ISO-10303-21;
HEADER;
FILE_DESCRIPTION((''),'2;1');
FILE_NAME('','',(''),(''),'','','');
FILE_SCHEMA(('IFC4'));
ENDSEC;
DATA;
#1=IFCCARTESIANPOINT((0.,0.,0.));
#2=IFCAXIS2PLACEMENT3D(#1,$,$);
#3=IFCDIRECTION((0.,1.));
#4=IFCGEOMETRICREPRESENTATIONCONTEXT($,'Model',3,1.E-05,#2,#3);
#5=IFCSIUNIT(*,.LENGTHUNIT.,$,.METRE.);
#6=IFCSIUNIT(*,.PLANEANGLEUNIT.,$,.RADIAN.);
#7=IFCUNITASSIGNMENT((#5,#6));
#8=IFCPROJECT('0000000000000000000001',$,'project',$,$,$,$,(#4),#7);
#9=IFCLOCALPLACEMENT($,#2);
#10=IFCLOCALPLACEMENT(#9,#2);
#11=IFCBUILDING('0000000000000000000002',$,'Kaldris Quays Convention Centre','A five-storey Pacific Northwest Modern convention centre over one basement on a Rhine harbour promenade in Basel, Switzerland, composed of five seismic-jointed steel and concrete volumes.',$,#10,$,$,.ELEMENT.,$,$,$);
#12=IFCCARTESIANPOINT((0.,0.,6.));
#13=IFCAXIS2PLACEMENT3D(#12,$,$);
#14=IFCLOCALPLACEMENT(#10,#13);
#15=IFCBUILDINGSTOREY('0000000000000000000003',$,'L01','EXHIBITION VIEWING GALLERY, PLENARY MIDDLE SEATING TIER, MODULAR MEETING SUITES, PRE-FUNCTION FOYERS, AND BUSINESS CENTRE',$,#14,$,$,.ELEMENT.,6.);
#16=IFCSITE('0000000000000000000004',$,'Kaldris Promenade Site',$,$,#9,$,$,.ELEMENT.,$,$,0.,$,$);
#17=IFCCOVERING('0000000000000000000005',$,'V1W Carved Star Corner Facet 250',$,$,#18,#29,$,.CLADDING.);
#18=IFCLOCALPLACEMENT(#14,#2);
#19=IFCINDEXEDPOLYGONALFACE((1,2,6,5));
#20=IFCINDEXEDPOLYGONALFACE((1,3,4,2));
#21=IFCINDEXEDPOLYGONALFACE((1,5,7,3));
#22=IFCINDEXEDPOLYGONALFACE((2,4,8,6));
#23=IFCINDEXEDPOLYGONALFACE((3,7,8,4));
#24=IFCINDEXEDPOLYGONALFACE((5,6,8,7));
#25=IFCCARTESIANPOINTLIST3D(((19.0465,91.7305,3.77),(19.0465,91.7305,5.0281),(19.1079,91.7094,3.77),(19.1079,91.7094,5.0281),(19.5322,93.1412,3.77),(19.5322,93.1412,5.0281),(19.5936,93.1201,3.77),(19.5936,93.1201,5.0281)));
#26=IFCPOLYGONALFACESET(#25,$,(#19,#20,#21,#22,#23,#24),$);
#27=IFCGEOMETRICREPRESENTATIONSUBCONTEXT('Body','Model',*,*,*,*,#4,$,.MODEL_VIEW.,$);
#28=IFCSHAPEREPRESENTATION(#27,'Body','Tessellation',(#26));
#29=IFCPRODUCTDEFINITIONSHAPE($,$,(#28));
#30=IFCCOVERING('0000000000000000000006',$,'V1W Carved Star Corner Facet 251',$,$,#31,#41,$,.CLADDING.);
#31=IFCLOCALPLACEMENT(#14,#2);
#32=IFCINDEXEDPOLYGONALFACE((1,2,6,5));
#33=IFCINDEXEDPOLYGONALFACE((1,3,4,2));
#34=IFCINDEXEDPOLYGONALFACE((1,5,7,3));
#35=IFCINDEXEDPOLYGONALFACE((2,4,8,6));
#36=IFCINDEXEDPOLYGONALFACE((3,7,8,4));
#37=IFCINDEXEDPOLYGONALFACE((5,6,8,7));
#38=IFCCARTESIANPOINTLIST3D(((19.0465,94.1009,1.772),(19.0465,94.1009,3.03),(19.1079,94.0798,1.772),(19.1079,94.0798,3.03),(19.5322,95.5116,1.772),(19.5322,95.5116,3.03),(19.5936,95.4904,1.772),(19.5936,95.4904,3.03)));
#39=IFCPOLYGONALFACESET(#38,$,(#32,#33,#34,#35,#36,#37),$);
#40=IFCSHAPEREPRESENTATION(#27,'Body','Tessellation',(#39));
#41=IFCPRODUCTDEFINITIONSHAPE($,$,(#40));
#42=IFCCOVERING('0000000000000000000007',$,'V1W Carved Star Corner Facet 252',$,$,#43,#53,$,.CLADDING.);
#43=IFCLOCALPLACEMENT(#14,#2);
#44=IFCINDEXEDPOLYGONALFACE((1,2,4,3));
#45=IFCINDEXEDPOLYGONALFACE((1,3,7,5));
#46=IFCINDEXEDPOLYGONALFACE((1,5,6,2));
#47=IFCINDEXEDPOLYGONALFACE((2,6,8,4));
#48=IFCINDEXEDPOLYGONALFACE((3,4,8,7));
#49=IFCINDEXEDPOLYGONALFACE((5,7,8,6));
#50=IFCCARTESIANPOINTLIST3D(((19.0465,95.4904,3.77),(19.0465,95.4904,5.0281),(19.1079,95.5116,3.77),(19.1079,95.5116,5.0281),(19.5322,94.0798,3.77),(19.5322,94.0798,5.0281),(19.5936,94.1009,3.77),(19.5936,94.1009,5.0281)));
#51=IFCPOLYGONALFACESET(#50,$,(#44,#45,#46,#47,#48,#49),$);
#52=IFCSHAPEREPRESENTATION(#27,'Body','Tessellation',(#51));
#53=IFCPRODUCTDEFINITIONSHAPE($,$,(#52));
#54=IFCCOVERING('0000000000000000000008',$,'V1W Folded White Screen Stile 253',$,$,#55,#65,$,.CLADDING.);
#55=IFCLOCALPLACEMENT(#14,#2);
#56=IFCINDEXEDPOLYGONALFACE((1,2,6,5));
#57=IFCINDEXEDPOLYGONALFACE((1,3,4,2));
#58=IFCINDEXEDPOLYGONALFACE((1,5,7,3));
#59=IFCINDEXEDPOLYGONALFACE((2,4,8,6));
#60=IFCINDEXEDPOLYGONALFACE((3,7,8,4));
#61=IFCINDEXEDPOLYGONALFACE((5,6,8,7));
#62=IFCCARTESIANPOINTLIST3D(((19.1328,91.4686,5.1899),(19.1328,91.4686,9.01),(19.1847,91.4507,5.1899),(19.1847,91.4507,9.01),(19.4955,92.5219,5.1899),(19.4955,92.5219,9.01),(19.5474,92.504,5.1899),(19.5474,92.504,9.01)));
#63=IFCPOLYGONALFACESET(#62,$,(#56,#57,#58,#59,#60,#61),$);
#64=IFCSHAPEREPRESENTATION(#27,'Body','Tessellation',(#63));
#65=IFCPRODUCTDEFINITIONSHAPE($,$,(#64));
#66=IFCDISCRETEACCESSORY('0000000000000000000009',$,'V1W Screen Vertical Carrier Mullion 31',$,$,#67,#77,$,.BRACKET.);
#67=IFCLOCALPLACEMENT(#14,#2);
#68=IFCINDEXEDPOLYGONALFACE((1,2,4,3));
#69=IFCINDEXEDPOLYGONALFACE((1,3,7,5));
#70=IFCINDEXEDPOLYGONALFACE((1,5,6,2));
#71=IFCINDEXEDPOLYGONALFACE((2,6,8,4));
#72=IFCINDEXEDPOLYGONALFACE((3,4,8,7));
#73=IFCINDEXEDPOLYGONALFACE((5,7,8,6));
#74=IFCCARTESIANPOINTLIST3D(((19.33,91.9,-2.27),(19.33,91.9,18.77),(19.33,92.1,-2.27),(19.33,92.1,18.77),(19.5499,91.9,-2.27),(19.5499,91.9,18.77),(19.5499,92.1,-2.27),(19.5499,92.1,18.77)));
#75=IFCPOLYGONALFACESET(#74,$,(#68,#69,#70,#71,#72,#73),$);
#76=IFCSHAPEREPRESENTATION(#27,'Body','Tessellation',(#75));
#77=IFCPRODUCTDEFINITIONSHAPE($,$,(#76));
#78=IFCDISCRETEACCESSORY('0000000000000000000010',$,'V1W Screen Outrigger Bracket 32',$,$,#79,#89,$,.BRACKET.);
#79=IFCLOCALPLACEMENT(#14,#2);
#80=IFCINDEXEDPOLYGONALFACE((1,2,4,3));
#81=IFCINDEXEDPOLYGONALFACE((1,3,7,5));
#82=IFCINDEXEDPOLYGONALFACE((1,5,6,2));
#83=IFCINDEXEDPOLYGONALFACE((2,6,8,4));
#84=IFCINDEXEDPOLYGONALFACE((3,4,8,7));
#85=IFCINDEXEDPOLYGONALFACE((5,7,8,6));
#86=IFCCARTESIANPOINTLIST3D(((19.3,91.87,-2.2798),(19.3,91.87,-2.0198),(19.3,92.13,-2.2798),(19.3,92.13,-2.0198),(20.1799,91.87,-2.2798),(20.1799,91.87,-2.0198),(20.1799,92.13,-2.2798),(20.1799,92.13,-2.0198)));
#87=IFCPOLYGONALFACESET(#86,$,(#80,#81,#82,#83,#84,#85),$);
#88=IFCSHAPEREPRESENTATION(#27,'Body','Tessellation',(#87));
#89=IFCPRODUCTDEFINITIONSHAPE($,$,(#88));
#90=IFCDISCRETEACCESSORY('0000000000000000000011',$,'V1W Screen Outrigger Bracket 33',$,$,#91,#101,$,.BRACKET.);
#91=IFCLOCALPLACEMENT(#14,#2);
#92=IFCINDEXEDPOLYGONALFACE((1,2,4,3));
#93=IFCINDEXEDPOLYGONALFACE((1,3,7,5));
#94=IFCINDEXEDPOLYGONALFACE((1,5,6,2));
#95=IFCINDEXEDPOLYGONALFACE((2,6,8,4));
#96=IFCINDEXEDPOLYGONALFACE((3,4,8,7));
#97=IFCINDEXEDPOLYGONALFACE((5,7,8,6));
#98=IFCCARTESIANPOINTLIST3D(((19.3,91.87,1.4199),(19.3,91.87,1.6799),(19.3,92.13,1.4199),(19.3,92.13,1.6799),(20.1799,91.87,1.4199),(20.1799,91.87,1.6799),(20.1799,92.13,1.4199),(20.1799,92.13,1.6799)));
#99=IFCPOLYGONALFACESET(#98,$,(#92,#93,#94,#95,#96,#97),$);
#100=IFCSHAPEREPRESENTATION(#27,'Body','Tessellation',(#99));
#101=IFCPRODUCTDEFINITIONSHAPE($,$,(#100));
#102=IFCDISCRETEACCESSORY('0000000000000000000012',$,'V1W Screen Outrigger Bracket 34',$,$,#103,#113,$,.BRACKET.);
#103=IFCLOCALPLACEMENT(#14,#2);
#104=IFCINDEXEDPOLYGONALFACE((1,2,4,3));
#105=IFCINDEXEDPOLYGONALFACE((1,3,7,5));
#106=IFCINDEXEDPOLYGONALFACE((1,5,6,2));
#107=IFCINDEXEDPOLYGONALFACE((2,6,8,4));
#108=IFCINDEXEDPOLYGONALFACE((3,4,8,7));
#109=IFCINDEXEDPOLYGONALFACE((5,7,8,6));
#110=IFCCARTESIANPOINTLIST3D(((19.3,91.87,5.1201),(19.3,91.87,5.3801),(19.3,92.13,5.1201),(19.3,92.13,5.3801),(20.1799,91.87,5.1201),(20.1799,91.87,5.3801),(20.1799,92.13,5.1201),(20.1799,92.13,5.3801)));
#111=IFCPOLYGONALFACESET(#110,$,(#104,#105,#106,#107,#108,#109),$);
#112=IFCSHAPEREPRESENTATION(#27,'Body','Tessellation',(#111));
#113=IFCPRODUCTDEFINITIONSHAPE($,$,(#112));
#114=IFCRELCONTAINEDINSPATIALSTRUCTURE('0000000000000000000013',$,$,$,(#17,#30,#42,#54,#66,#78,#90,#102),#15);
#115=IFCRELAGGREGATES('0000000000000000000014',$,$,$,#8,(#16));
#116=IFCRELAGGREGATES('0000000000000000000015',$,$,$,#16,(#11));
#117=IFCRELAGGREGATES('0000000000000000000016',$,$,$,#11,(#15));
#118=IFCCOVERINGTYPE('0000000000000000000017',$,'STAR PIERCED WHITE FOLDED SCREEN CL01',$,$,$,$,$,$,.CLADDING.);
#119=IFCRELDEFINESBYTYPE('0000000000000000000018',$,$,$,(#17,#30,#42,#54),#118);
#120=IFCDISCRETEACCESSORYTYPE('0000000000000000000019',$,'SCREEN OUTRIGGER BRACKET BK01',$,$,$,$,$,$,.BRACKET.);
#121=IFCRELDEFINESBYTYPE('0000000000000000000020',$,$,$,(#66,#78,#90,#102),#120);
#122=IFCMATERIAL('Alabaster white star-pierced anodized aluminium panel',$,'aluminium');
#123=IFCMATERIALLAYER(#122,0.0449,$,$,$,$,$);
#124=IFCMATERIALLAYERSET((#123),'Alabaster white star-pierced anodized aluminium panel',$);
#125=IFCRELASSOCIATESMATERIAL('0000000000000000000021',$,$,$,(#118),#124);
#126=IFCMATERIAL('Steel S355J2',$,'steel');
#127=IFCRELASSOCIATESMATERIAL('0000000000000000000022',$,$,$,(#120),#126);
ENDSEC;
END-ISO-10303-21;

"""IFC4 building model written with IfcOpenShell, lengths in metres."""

from ifc_helpers import new_model, si_unit, direction, frame, origin, origin_2d, place, context, subcontext, project, spatial, rectangle, extrude, material, layer, layer_set, type_object, element, save


model = new_model("IFC4")

# Units and contexts
model_context = context("Model", 3, precision=1e-05, world=origin(), true_north=direction((0.0, 1.0)))
body_context = subcontext(model_context, "Body", "Model", "MODEL_VIEW")
ifc_project = project(units=[si_unit("LENGTHUNIT", "METRE"), si_unit("PLANEANGLEUNIT", "RADIAN")], contexts=[model_context])

# Site, building, storey
site_placement = place(None, origin())
site = spatial("IfcSite", under=ifc_project, at=site_placement, Name="Kaldris Promenade Site", CompositionType="ELEMENT", RefElevation=0.0)
building_placement = place(site_placement, origin())
building = spatial("IfcBuilding", under=site, at=building_placement, Name="Kaldris Quays Convention Centre", Description="A five-storey Pacific Northwest Modern convention centre over one basement on a Rhine harbour promenade in Basel, Switzerland, composed of five seismic-jointed steel and concrete volumes.", CompositionType="ELEMENT")
storey_placement = place(building_placement, frame((0.0, 0.0, 6.0)))
storey = spatial("IfcBuildingStorey", under=building, at=storey_placement, Name="L01", Description="EXHIBITION VIEWING GALLERY, PLENARY MIDDLE SEATING TIER, MODULAR MEETING SUITES, PRE-FUNCTION FOYERS, AND BUSINESS CENTRE", CompositionType="ELEMENT", Elevation=6.0)

# Coverings
ifc_material_1 = material(Name="Alabaster white star-pierced anodized aluminium panel", Category="aluminium")
ifc_layer = layer(ifc_material_1, 0.0449)
ifc_layer_set = layer_set([ifc_layer], Name="Alabaster white star-pierced anodized aluminium panel")
covering_type = type_object("IfcCoveringType", Name="STAR PIERCED WHITE FOLDED SCREEN CL01", PredefinedType="CLADDING", material=ifc_layer_set)
for number, where, z_axis, x_axis, name in (
    (1, (19.3201, 92.4253, 3.77), (0.0, 0.0, 1.0), (0.325568, 0.945519, 0.0), "V1W Carved Star Corner Facet 250"),
    (2, (19.3201, 94.7957, 1.772), (0.0, 0.0, 1.0), (0.325568, 0.945519, 0.0), "V1W Carved Star Corner Facet 251"),
    (3, (19.3201, 94.7957, 3.77), (0.0, 0.0, 1.0), (-0.325568, 0.945519, 0.0), "V1W Carved Star Corner Facet 252"),
):
    element("IfcCovering", number, at=place(storey_placement, frame(where, z_axis=z_axis, x_axis=x_axis)), inside=storey, type_object=covering_type, Name=name, PredefinedType="CLADDING", context=body_context, shape_type="SweptSolid", body=[
        extrude(rectangle(XDim=1.4919, YDim=0.0649, at=origin_2d()), origin(), (0.0, 0.0, 1.0), 1.2581),
    ])
covering_1_placement = place(storey_placement, frame((19.3401, 91.9863, 5.1899), z_axis=(0.0, 0.0, 1.0), x_axis=(0.325568, 0.945519, 0.0)))
element("IfcCovering", 4, at=covering_1_placement, inside=storey, type_object=covering_type, Name="V1W Folded White Screen Stile 253", PredefinedType="CLADDING", context=body_context, shape_type="SweptSolid", body=[
    extrude(rectangle(XDim=1.114, YDim=0.0549, at=origin_2d()), origin(), (0.0, 0.0, 1.0), 3.8201),
])

# Discrete accessories
ifc_material_2 = material(Name="Steel S355J2", Category="steel")
discrete_accessory_type = type_object("IfcDiscreteAccessoryType", Name="SCREEN OUTRIGGER BRACKET BK01", PredefinedType="BRACKET", material=ifc_material_2)
discrete_accessory_placement = place(storey_placement, frame((19.4399, 92.0, -2.27), z_axis=(0.0, 0.0, 1.0), x_axis=(0.0, 1.0, 0.0)))
element("IfcDiscreteAccessory", 5, at=discrete_accessory_placement, inside=storey, type_object=discrete_accessory_type, Name="V1W Screen Vertical Carrier Mullion 31", PredefinedType="BRACKET", context=body_context, shape_type="SweptSolid", body=[
    extrude(rectangle(XDim=0.2, YDim=0.22, at=origin_2d()), origin(), (0.0, 0.0, 1.0), 21.04),
])
for number, where, z_axis, x_axis, name in (
    (6, (19.74, 92.0, -2.2798), (0.0, 0.0, 1.0), (0.0, 1.0, 0.0), "V1W Screen Outrigger Bracket 32"),
    (7, (19.74, 92.0, 1.4199), (0.0, 0.0, 1.0), (0.0, 1.0, 0.0), "V1W Screen Outrigger Bracket 33"),
    (8, (19.74, 92.0, 5.1201), (0.0, 0.0, 1.0), (0.0, 1.0, 0.0), "V1W Screen Outrigger Bracket 34"),
):
    element("IfcDiscreteAccessory", number, at=place(storey_placement, frame(where, z_axis=z_axis, x_axis=x_axis)), inside=storey, type_object=discrete_accessory_type, Name=name, PredefinedType="BRACKET", context=body_context, shape_type="SweptSolid", body=[
        extrude(rectangle(XDim=0.26, YDim=0.8799, at=origin_2d()), origin(), (0.0, 0.0, 1.0), 0.26),
    ])

save(model, "model.ifc")
